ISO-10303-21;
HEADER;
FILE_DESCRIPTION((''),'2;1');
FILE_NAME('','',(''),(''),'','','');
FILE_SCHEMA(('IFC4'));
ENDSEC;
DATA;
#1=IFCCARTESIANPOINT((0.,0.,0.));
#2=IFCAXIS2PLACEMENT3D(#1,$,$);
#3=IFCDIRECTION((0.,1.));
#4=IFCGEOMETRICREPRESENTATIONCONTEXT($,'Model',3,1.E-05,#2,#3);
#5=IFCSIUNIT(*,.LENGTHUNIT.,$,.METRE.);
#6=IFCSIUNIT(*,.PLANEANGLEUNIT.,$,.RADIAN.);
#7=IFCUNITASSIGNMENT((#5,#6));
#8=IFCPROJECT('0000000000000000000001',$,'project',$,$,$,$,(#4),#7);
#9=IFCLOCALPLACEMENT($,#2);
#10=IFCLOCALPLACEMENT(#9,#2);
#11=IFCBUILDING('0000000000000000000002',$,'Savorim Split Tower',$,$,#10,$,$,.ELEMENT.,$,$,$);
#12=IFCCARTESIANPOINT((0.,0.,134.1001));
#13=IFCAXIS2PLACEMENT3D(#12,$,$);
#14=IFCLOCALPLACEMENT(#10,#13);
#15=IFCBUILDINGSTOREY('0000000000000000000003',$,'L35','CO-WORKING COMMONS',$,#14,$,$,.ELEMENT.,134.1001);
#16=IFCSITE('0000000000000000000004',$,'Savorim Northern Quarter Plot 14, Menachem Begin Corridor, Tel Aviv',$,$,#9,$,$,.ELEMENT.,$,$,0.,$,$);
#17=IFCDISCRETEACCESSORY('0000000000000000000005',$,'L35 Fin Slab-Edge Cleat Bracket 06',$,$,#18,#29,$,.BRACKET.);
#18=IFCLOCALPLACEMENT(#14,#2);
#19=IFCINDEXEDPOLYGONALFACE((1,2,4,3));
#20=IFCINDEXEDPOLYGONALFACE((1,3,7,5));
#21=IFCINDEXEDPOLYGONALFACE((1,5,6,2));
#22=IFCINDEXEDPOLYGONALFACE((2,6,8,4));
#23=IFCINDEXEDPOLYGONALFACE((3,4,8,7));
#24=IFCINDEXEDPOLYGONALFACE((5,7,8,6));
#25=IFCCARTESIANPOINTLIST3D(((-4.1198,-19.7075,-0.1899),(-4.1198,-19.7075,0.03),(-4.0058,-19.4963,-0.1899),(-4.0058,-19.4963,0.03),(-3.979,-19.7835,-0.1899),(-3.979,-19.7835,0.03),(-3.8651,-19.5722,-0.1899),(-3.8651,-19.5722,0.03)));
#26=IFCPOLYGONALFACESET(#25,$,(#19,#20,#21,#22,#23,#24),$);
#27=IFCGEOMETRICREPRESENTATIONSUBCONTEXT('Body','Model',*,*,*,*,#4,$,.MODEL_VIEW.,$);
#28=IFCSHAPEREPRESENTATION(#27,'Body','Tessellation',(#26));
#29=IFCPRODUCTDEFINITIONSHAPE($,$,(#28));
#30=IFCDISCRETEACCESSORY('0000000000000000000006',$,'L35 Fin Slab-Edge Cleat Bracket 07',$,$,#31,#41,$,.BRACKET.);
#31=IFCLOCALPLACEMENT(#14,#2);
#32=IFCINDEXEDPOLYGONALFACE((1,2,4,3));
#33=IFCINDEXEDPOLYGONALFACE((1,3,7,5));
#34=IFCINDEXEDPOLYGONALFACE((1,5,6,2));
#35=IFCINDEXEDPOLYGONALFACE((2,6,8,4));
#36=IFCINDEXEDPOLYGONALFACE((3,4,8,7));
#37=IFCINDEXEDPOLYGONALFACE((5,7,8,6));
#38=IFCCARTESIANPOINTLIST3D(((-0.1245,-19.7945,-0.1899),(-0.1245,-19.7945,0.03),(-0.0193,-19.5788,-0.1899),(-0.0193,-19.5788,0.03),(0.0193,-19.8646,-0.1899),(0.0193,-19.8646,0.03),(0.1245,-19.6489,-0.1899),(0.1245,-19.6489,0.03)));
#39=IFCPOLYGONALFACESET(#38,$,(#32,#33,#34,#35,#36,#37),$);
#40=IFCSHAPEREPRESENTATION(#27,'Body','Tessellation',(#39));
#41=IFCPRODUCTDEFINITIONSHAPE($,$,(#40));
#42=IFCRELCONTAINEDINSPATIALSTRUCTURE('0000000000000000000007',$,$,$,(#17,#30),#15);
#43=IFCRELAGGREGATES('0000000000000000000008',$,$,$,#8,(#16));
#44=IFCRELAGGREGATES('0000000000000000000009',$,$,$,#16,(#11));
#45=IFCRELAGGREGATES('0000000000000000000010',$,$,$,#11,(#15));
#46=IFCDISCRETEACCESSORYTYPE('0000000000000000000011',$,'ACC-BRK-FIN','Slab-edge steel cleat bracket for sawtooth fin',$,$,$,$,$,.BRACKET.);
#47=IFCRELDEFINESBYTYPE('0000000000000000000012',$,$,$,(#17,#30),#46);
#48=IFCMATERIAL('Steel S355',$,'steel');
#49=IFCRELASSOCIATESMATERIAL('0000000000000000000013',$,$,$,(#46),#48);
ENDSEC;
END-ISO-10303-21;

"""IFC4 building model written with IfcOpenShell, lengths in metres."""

from ifc_helpers import new_model, si_unit, direction, frame, origin, origin_2d, place, context, subcontext, project, spatial, rectangle, extrude, material, type_object, element, save


model = new_model("IFC4")

# Units and contexts
model_context = context("Model", 3, precision=1e-05, world=origin(), true_north=direction((0.0, 1.0)))
body_context = subcontext(model_context, "Body", "Model", "MODEL_VIEW")
ifc_project = project(units=[si_unit("LENGTHUNIT", "METRE"), si_unit("PLANEANGLEUNIT", "RADIAN")], contexts=[model_context])

# Site, building, storey
site_placement = place(None, origin())
site = spatial("IfcSite", under=ifc_project, at=site_placement, Name="Savorim Northern Quarter Plot 14, Menachem Begin Corridor, Tel Aviv", CompositionType="ELEMENT", RefElevation=0.0)
building_placement = place(site_placement, origin())
building = spatial("IfcBuilding", under=site, at=building_placement, Name="Savorim Split Tower", CompositionType="ELEMENT")
storey_placement = place(building_placement, frame((0.0, 0.0, 134.1001)))
storey = spatial("IfcBuildingStorey", under=building, at=storey_placement, Name="L35", Description="CO-WORKING COMMONS", CompositionType="ELEMENT", Elevation=134.1001)

# Shared definitions
ifc_material_1 = material(Name="Steel S355", Category="steel")

# Discrete accessories
discrete_accessory_type = type_object("IfcDiscreteAccessoryType", Name="ACC-BRK-FIN", Description="Slab-edge steel cleat bracket for sawtooth fin", PredefinedType="BRACKET", material=ifc_material_1)
for number, where, z_axis, x_axis, name in (
    (1, (-3.9924, -19.6399, -0.1899), (0.0, 0.0, 1.0), (-0.474778, -0.880106, 0.0), "L35 Fin Slab-Edge Cleat Bracket 06"),
    (2, (0.0, -19.7217, -0.1899), (0.0, 0.0, 1.0), (-0.438371, -0.898794, 0.0), "L35 Fin Slab-Edge Cleat Bracket 07"),
):
    element("IfcDiscreteAccessory", number, at=place(storey_placement, frame(where, z_axis=z_axis, x_axis=x_axis)), inside=storey, type_object=discrete_accessory_type, Name=name, PredefinedType="BRACKET", context=body_context, shape_type="SweptSolid", body=[
        extrude(rectangle(XDim=0.24, YDim=0.1599, at=origin_2d()), origin(), (0.0, 0.0, 1.0), 0.22),
    ])

save(model, "model.ifc")
